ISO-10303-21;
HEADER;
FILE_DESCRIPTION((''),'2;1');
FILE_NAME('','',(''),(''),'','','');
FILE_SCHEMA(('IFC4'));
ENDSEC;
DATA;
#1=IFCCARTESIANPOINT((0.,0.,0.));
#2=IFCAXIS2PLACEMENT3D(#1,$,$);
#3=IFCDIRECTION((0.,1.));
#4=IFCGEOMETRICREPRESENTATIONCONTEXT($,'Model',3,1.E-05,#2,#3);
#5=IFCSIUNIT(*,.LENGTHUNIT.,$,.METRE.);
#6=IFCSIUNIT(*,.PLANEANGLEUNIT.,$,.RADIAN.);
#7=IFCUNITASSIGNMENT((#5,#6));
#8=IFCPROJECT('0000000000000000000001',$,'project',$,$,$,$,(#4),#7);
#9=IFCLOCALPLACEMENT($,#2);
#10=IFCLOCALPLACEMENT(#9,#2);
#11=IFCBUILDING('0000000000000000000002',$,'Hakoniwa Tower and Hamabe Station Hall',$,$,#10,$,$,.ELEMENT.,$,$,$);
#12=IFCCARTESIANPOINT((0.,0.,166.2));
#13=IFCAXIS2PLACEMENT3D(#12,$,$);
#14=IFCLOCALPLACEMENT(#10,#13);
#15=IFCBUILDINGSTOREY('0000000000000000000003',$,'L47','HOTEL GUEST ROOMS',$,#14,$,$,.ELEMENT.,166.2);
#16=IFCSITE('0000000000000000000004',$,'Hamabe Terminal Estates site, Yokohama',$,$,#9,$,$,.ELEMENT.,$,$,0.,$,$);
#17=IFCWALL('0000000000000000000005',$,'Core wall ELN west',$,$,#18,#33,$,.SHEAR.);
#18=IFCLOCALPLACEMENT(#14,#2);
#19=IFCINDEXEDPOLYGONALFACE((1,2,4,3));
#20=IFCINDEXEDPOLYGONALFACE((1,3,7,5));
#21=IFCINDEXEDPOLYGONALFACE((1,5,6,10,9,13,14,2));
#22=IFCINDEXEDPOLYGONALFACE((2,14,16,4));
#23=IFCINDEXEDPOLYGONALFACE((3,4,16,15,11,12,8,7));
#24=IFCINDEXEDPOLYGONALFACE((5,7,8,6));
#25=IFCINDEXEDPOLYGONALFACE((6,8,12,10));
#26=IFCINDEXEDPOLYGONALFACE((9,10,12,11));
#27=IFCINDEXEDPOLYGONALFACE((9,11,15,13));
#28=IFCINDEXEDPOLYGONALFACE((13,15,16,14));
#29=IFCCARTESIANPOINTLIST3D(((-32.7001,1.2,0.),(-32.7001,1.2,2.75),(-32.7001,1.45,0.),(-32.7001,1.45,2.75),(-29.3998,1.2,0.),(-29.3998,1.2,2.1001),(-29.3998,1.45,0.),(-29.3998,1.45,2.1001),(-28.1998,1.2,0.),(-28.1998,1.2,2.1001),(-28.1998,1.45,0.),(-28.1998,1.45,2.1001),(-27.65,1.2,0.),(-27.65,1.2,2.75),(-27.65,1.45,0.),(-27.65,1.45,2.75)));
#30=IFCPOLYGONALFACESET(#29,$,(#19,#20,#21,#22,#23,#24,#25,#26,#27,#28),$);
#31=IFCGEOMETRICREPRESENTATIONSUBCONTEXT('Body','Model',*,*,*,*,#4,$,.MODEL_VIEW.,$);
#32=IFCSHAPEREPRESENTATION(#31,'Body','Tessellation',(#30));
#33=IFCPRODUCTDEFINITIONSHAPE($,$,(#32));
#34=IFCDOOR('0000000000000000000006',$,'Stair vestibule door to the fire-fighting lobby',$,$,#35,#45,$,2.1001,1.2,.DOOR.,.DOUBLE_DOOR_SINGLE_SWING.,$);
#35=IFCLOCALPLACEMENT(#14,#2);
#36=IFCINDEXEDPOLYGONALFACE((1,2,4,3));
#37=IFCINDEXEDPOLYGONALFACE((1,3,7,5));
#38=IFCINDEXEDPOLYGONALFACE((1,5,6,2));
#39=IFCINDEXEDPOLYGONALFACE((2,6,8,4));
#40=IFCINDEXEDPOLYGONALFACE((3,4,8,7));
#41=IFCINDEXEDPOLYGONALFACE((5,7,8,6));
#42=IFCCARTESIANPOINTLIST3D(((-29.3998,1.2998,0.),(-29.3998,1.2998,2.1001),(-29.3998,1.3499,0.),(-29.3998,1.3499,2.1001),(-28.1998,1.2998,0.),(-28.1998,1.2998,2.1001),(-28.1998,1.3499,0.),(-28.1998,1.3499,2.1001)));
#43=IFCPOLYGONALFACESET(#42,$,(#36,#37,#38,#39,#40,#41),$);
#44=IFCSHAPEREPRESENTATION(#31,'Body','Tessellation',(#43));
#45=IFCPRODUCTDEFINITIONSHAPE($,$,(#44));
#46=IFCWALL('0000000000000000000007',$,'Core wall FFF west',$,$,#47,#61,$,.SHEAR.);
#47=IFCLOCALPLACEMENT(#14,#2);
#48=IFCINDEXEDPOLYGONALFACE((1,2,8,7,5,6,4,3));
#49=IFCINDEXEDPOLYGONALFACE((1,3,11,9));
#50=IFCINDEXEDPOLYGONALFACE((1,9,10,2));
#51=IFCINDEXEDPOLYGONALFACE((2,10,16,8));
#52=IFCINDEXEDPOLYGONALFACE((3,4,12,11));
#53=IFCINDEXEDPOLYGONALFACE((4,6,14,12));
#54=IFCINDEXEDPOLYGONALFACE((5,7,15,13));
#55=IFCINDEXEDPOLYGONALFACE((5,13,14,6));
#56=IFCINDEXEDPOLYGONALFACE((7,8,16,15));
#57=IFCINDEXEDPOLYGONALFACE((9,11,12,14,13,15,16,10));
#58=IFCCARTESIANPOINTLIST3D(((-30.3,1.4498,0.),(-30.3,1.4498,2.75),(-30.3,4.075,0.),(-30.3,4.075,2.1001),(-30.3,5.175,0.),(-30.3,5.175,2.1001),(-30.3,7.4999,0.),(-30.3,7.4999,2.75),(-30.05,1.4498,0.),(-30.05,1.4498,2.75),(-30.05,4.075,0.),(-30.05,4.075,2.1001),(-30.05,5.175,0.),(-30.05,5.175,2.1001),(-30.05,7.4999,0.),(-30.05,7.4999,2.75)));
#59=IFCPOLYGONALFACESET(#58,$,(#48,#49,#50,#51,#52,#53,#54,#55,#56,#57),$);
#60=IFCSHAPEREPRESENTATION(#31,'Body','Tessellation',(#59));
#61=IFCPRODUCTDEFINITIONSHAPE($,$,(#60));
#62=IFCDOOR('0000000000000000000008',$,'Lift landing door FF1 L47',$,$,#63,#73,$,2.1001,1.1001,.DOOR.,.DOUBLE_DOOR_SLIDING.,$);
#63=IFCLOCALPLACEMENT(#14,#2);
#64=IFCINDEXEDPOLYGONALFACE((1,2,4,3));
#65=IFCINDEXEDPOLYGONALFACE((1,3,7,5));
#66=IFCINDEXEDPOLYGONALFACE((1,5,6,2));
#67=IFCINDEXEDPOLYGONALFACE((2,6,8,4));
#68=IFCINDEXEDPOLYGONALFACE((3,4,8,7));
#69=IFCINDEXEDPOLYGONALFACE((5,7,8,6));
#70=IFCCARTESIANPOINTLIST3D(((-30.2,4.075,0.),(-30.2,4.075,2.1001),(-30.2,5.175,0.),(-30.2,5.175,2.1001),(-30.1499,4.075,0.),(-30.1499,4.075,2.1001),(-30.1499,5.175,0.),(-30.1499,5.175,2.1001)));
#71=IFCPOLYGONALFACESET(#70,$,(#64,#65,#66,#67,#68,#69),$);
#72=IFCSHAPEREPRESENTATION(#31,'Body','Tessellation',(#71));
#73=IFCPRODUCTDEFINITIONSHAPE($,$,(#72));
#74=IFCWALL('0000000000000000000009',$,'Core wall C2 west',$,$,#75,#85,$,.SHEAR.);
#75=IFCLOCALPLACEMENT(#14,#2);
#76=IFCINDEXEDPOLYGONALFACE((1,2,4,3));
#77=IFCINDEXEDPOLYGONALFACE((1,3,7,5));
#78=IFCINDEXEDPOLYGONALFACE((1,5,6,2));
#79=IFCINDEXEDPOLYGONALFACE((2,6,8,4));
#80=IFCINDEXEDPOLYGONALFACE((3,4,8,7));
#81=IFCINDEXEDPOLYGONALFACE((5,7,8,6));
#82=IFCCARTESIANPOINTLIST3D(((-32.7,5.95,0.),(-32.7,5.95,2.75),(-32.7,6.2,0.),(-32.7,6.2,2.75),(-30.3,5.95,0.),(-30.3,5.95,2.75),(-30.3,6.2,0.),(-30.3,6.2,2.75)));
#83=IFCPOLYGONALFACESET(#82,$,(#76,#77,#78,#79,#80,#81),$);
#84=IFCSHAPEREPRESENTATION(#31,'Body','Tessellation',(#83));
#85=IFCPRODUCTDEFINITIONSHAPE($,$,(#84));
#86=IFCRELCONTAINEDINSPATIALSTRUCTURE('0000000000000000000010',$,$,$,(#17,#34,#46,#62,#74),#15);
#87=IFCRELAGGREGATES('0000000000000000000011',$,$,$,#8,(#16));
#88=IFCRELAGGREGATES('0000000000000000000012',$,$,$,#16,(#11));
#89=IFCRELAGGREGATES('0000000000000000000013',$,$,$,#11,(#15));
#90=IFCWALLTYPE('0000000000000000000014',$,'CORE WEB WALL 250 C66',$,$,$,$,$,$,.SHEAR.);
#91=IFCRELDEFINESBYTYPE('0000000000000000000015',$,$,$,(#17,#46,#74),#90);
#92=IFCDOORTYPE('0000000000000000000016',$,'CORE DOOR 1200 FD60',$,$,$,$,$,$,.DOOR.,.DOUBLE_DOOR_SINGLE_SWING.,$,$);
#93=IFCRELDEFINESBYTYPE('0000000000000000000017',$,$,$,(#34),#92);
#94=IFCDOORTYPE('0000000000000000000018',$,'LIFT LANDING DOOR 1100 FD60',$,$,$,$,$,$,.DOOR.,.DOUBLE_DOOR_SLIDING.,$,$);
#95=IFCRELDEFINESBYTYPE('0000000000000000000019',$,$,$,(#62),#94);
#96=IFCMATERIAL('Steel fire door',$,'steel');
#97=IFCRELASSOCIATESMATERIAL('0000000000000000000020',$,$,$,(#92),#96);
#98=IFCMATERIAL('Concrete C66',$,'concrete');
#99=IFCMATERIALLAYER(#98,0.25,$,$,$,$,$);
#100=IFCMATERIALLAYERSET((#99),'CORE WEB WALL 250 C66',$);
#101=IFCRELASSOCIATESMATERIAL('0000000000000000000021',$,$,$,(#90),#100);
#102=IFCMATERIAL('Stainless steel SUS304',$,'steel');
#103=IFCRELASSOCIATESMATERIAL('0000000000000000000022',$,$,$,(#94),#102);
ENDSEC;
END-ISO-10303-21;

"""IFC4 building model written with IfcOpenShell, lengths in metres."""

from ifc_helpers import new_model, si_unit, direction, frame, frame_2d, origin, place, context, subcontext, project, spatial, rectangle, extrude, material, layer, layer_set, type_object, element, fill, save


model = new_model("IFC4")

# Units and contexts
model_context = context("Model", 3, precision=1e-05, world=origin(), true_north=direction((0.0, 1.0)))
body_context = subcontext(model_context, "Body", "Model", "MODEL_VIEW")
ifc_project = project(units=[si_unit("LENGTHUNIT", "METRE"), si_unit("PLANEANGLEUNIT", "RADIAN")], contexts=[model_context])

# Site, building, storey
site_placement = place(None, origin())
site = spatial("IfcSite", under=ifc_project, at=site_placement, Name="Hamabe Terminal Estates site, Yokohama", CompositionType="ELEMENT", RefElevation=0.0)
building_placement = place(site_placement, origin())
building = spatial("IfcBuilding", under=site, at=building_placement, Name="Hakoniwa Tower and Hamabe Station Hall", CompositionType="ELEMENT")
storey_placement = place(building_placement, frame((0.0, 0.0, 166.2)))
storey = spatial("IfcBuildingStorey", under=building, at=storey_placement, Name="L47", Description="HOTEL GUEST ROOMS", CompositionType="ELEMENT", Elevation=166.2)

# Shared definitions
ifc_material_1 = material(Name="Steel fire door", Category="steel")
door_type_1 = type_object("IfcDoorType", Name="CORE DOOR 1200 FD60", OperationType="DOUBLE_DOOR_SINGLE_SWING", PredefinedType="DOOR", material=ifc_material_1)

# Shared definitions
ifc_material_2 = material(Name="Concrete C66", Category="concrete")
ifc_layer_1 = layer(ifc_material_2, 0.25)
ifc_layer_set_1 = layer_set([ifc_layer_1], Name="CORE WEB WALL 250 C66")
wall_type_1 = type_object("IfcWallType", Name="CORE WEB WALL 250 C66", PredefinedType="SHEAR", material=ifc_layer_set_1)

# Walls, openings, doors
wall_1_placement = place(storey_placement, frame((-32.7, 1.325, 0.0), z_axis=(0.0, 0.0, 1.0), x_axis=(1.0, 0.0, 0.0)))
wall_1 = element("IfcWall", 1, at=wall_1_placement, inside=storey, type_object=wall_type_1, Name="Core wall ELN west", PredefinedType="SHEAR", context=body_context, shape_type="SweptSolid", body=[
    extrude(rectangle(XDim=5.05, YDim=0.25, at=frame_2d((2.5249, 0.0))), origin(), (0.0, 0.0, 1.0), 2.75),
])
opening_1_placement = place(wall_1_placement, frame((3.3, 0.0, 0.0)))
opening_1 = element("IfcOpeningElement", 2, at=opening_1_placement, cuts=wall_1, PredefinedType="OPENING", context=body_context, shape_type="SweptSolid", body=[
    extrude(rectangle(XDim=1.2, YDim=2.1001, at=frame_2d((0.6001, 1.05))), frame((0.0, 0.135, 0.0), z_axis=(0.0, -1.0, 0.0), x_axis=(1.0, 0.0, 0.0)), (0.0, 0.0, 1.0), 0.27),
])
door_1_placement = place(opening_1_placement, origin())
door_1 = element("IfcDoor", 3, at=door_1_placement, inside=storey, type_object=door_type_1, Name="Stair vestibule door to the fire-fighting lobby", OperationType="DOUBLE_DOOR_SINGLE_SWING", OverallHeight=2.1001, OverallWidth=1.2, PredefinedType="DOOR", context=body_context, shape_type="SweptSolid", body=[
    extrude(rectangle(XDim=1.2, YDim=2.1001, at=frame_2d((0.6001, 1.05))), frame((0.0, 0.0249, 0.0), z_axis=(0.0, -1.0, 0.0), x_axis=(1.0, 0.0, 0.0)), (0.0, 0.0, 1.0), 0.05),
])
fill(opening_1, door_1)
wall_2_placement = place(storey_placement, frame((-30.175, 1.45, 0.0), z_axis=(0.0, 0.0, 1.0), x_axis=(0.0, 1.0, 0.0)))
wall_2 = element("IfcWall", 4, at=wall_2_placement, inside=storey, type_object=wall_type_1, Name="Core wall FFF west", PredefinedType="SHEAR", context=body_context, shape_type="SweptSolid", body=[
    extrude(rectangle(XDim=6.05, YDim=0.25, at=frame_2d((3.0249, 0.0))), origin(), (0.0, 0.0, 1.0), 2.75),
])
opening_2_placement = place(wall_2_placement, frame((2.625, 0.0, 0.0)))
opening_2 = element("IfcOpeningElement", 5, at=opening_2_placement, cuts=wall_2, PredefinedType="OPENING", context=body_context, shape_type="SweptSolid", body=[
    extrude(rectangle(XDim=1.1001, YDim=2.1001, at=frame_2d((0.55, 1.05))), frame((0.0, 0.135, 0.0), z_axis=(0.0, -1.0, 0.0), x_axis=(1.0, 0.0, 0.0)), (0.0, 0.0, 1.0), 0.27),
])
ifc_material_3 = material(Name="Stainless steel SUS304", Category="steel")
door_type_2 = type_object("IfcDoorType", Name="LIFT LANDING DOOR 1100 FD60", OperationType="DOUBLE_DOOR_SLIDING", PredefinedType="DOOR", material=ifc_material_3)
door_2_placement = place(opening_2_placement, origin())
door_2 = element("IfcDoor", 6, at=door_2_placement, inside=storey, type_object=door_type_2, Name="Lift landing door FF1 L47", OperationType="DOUBLE_DOOR_SLIDING", OverallHeight=2.1001, OverallWidth=1.1001, PredefinedType="DOOR", context=body_context, shape_type="SweptSolid", body=[
    extrude(rectangle(XDim=1.1001, YDim=2.1001, at=frame_2d((0.55, 1.05))), frame((0.0, 0.0249, 0.0), z_axis=(0.0, -1.0, 0.0), x_axis=(1.0, 0.0, 0.0)), (0.0, 0.0, 1.0), 0.05),
])
fill(opening_2, door_2)

# Wall
wall_3_placement = place(storey_placement, frame((-32.7, 6.075, 0.0), z_axis=(0.0, 0.0, 1.0), x_axis=(1.0, 0.0, 0.0)))
element("IfcWall", 7, at=wall_3_placement, inside=storey, type_object=wall_type_1, Name="Core wall C2 west", PredefinedType="SHEAR", context=body_context, shape_type="SweptSolid", body=[
    extrude(rectangle(XDim=2.3999, YDim=0.25, at=frame_2d((1.2, 0.0))), origin(), (0.0, 0.0, 1.0), 2.75),
])

save(model, "model.ifc")
